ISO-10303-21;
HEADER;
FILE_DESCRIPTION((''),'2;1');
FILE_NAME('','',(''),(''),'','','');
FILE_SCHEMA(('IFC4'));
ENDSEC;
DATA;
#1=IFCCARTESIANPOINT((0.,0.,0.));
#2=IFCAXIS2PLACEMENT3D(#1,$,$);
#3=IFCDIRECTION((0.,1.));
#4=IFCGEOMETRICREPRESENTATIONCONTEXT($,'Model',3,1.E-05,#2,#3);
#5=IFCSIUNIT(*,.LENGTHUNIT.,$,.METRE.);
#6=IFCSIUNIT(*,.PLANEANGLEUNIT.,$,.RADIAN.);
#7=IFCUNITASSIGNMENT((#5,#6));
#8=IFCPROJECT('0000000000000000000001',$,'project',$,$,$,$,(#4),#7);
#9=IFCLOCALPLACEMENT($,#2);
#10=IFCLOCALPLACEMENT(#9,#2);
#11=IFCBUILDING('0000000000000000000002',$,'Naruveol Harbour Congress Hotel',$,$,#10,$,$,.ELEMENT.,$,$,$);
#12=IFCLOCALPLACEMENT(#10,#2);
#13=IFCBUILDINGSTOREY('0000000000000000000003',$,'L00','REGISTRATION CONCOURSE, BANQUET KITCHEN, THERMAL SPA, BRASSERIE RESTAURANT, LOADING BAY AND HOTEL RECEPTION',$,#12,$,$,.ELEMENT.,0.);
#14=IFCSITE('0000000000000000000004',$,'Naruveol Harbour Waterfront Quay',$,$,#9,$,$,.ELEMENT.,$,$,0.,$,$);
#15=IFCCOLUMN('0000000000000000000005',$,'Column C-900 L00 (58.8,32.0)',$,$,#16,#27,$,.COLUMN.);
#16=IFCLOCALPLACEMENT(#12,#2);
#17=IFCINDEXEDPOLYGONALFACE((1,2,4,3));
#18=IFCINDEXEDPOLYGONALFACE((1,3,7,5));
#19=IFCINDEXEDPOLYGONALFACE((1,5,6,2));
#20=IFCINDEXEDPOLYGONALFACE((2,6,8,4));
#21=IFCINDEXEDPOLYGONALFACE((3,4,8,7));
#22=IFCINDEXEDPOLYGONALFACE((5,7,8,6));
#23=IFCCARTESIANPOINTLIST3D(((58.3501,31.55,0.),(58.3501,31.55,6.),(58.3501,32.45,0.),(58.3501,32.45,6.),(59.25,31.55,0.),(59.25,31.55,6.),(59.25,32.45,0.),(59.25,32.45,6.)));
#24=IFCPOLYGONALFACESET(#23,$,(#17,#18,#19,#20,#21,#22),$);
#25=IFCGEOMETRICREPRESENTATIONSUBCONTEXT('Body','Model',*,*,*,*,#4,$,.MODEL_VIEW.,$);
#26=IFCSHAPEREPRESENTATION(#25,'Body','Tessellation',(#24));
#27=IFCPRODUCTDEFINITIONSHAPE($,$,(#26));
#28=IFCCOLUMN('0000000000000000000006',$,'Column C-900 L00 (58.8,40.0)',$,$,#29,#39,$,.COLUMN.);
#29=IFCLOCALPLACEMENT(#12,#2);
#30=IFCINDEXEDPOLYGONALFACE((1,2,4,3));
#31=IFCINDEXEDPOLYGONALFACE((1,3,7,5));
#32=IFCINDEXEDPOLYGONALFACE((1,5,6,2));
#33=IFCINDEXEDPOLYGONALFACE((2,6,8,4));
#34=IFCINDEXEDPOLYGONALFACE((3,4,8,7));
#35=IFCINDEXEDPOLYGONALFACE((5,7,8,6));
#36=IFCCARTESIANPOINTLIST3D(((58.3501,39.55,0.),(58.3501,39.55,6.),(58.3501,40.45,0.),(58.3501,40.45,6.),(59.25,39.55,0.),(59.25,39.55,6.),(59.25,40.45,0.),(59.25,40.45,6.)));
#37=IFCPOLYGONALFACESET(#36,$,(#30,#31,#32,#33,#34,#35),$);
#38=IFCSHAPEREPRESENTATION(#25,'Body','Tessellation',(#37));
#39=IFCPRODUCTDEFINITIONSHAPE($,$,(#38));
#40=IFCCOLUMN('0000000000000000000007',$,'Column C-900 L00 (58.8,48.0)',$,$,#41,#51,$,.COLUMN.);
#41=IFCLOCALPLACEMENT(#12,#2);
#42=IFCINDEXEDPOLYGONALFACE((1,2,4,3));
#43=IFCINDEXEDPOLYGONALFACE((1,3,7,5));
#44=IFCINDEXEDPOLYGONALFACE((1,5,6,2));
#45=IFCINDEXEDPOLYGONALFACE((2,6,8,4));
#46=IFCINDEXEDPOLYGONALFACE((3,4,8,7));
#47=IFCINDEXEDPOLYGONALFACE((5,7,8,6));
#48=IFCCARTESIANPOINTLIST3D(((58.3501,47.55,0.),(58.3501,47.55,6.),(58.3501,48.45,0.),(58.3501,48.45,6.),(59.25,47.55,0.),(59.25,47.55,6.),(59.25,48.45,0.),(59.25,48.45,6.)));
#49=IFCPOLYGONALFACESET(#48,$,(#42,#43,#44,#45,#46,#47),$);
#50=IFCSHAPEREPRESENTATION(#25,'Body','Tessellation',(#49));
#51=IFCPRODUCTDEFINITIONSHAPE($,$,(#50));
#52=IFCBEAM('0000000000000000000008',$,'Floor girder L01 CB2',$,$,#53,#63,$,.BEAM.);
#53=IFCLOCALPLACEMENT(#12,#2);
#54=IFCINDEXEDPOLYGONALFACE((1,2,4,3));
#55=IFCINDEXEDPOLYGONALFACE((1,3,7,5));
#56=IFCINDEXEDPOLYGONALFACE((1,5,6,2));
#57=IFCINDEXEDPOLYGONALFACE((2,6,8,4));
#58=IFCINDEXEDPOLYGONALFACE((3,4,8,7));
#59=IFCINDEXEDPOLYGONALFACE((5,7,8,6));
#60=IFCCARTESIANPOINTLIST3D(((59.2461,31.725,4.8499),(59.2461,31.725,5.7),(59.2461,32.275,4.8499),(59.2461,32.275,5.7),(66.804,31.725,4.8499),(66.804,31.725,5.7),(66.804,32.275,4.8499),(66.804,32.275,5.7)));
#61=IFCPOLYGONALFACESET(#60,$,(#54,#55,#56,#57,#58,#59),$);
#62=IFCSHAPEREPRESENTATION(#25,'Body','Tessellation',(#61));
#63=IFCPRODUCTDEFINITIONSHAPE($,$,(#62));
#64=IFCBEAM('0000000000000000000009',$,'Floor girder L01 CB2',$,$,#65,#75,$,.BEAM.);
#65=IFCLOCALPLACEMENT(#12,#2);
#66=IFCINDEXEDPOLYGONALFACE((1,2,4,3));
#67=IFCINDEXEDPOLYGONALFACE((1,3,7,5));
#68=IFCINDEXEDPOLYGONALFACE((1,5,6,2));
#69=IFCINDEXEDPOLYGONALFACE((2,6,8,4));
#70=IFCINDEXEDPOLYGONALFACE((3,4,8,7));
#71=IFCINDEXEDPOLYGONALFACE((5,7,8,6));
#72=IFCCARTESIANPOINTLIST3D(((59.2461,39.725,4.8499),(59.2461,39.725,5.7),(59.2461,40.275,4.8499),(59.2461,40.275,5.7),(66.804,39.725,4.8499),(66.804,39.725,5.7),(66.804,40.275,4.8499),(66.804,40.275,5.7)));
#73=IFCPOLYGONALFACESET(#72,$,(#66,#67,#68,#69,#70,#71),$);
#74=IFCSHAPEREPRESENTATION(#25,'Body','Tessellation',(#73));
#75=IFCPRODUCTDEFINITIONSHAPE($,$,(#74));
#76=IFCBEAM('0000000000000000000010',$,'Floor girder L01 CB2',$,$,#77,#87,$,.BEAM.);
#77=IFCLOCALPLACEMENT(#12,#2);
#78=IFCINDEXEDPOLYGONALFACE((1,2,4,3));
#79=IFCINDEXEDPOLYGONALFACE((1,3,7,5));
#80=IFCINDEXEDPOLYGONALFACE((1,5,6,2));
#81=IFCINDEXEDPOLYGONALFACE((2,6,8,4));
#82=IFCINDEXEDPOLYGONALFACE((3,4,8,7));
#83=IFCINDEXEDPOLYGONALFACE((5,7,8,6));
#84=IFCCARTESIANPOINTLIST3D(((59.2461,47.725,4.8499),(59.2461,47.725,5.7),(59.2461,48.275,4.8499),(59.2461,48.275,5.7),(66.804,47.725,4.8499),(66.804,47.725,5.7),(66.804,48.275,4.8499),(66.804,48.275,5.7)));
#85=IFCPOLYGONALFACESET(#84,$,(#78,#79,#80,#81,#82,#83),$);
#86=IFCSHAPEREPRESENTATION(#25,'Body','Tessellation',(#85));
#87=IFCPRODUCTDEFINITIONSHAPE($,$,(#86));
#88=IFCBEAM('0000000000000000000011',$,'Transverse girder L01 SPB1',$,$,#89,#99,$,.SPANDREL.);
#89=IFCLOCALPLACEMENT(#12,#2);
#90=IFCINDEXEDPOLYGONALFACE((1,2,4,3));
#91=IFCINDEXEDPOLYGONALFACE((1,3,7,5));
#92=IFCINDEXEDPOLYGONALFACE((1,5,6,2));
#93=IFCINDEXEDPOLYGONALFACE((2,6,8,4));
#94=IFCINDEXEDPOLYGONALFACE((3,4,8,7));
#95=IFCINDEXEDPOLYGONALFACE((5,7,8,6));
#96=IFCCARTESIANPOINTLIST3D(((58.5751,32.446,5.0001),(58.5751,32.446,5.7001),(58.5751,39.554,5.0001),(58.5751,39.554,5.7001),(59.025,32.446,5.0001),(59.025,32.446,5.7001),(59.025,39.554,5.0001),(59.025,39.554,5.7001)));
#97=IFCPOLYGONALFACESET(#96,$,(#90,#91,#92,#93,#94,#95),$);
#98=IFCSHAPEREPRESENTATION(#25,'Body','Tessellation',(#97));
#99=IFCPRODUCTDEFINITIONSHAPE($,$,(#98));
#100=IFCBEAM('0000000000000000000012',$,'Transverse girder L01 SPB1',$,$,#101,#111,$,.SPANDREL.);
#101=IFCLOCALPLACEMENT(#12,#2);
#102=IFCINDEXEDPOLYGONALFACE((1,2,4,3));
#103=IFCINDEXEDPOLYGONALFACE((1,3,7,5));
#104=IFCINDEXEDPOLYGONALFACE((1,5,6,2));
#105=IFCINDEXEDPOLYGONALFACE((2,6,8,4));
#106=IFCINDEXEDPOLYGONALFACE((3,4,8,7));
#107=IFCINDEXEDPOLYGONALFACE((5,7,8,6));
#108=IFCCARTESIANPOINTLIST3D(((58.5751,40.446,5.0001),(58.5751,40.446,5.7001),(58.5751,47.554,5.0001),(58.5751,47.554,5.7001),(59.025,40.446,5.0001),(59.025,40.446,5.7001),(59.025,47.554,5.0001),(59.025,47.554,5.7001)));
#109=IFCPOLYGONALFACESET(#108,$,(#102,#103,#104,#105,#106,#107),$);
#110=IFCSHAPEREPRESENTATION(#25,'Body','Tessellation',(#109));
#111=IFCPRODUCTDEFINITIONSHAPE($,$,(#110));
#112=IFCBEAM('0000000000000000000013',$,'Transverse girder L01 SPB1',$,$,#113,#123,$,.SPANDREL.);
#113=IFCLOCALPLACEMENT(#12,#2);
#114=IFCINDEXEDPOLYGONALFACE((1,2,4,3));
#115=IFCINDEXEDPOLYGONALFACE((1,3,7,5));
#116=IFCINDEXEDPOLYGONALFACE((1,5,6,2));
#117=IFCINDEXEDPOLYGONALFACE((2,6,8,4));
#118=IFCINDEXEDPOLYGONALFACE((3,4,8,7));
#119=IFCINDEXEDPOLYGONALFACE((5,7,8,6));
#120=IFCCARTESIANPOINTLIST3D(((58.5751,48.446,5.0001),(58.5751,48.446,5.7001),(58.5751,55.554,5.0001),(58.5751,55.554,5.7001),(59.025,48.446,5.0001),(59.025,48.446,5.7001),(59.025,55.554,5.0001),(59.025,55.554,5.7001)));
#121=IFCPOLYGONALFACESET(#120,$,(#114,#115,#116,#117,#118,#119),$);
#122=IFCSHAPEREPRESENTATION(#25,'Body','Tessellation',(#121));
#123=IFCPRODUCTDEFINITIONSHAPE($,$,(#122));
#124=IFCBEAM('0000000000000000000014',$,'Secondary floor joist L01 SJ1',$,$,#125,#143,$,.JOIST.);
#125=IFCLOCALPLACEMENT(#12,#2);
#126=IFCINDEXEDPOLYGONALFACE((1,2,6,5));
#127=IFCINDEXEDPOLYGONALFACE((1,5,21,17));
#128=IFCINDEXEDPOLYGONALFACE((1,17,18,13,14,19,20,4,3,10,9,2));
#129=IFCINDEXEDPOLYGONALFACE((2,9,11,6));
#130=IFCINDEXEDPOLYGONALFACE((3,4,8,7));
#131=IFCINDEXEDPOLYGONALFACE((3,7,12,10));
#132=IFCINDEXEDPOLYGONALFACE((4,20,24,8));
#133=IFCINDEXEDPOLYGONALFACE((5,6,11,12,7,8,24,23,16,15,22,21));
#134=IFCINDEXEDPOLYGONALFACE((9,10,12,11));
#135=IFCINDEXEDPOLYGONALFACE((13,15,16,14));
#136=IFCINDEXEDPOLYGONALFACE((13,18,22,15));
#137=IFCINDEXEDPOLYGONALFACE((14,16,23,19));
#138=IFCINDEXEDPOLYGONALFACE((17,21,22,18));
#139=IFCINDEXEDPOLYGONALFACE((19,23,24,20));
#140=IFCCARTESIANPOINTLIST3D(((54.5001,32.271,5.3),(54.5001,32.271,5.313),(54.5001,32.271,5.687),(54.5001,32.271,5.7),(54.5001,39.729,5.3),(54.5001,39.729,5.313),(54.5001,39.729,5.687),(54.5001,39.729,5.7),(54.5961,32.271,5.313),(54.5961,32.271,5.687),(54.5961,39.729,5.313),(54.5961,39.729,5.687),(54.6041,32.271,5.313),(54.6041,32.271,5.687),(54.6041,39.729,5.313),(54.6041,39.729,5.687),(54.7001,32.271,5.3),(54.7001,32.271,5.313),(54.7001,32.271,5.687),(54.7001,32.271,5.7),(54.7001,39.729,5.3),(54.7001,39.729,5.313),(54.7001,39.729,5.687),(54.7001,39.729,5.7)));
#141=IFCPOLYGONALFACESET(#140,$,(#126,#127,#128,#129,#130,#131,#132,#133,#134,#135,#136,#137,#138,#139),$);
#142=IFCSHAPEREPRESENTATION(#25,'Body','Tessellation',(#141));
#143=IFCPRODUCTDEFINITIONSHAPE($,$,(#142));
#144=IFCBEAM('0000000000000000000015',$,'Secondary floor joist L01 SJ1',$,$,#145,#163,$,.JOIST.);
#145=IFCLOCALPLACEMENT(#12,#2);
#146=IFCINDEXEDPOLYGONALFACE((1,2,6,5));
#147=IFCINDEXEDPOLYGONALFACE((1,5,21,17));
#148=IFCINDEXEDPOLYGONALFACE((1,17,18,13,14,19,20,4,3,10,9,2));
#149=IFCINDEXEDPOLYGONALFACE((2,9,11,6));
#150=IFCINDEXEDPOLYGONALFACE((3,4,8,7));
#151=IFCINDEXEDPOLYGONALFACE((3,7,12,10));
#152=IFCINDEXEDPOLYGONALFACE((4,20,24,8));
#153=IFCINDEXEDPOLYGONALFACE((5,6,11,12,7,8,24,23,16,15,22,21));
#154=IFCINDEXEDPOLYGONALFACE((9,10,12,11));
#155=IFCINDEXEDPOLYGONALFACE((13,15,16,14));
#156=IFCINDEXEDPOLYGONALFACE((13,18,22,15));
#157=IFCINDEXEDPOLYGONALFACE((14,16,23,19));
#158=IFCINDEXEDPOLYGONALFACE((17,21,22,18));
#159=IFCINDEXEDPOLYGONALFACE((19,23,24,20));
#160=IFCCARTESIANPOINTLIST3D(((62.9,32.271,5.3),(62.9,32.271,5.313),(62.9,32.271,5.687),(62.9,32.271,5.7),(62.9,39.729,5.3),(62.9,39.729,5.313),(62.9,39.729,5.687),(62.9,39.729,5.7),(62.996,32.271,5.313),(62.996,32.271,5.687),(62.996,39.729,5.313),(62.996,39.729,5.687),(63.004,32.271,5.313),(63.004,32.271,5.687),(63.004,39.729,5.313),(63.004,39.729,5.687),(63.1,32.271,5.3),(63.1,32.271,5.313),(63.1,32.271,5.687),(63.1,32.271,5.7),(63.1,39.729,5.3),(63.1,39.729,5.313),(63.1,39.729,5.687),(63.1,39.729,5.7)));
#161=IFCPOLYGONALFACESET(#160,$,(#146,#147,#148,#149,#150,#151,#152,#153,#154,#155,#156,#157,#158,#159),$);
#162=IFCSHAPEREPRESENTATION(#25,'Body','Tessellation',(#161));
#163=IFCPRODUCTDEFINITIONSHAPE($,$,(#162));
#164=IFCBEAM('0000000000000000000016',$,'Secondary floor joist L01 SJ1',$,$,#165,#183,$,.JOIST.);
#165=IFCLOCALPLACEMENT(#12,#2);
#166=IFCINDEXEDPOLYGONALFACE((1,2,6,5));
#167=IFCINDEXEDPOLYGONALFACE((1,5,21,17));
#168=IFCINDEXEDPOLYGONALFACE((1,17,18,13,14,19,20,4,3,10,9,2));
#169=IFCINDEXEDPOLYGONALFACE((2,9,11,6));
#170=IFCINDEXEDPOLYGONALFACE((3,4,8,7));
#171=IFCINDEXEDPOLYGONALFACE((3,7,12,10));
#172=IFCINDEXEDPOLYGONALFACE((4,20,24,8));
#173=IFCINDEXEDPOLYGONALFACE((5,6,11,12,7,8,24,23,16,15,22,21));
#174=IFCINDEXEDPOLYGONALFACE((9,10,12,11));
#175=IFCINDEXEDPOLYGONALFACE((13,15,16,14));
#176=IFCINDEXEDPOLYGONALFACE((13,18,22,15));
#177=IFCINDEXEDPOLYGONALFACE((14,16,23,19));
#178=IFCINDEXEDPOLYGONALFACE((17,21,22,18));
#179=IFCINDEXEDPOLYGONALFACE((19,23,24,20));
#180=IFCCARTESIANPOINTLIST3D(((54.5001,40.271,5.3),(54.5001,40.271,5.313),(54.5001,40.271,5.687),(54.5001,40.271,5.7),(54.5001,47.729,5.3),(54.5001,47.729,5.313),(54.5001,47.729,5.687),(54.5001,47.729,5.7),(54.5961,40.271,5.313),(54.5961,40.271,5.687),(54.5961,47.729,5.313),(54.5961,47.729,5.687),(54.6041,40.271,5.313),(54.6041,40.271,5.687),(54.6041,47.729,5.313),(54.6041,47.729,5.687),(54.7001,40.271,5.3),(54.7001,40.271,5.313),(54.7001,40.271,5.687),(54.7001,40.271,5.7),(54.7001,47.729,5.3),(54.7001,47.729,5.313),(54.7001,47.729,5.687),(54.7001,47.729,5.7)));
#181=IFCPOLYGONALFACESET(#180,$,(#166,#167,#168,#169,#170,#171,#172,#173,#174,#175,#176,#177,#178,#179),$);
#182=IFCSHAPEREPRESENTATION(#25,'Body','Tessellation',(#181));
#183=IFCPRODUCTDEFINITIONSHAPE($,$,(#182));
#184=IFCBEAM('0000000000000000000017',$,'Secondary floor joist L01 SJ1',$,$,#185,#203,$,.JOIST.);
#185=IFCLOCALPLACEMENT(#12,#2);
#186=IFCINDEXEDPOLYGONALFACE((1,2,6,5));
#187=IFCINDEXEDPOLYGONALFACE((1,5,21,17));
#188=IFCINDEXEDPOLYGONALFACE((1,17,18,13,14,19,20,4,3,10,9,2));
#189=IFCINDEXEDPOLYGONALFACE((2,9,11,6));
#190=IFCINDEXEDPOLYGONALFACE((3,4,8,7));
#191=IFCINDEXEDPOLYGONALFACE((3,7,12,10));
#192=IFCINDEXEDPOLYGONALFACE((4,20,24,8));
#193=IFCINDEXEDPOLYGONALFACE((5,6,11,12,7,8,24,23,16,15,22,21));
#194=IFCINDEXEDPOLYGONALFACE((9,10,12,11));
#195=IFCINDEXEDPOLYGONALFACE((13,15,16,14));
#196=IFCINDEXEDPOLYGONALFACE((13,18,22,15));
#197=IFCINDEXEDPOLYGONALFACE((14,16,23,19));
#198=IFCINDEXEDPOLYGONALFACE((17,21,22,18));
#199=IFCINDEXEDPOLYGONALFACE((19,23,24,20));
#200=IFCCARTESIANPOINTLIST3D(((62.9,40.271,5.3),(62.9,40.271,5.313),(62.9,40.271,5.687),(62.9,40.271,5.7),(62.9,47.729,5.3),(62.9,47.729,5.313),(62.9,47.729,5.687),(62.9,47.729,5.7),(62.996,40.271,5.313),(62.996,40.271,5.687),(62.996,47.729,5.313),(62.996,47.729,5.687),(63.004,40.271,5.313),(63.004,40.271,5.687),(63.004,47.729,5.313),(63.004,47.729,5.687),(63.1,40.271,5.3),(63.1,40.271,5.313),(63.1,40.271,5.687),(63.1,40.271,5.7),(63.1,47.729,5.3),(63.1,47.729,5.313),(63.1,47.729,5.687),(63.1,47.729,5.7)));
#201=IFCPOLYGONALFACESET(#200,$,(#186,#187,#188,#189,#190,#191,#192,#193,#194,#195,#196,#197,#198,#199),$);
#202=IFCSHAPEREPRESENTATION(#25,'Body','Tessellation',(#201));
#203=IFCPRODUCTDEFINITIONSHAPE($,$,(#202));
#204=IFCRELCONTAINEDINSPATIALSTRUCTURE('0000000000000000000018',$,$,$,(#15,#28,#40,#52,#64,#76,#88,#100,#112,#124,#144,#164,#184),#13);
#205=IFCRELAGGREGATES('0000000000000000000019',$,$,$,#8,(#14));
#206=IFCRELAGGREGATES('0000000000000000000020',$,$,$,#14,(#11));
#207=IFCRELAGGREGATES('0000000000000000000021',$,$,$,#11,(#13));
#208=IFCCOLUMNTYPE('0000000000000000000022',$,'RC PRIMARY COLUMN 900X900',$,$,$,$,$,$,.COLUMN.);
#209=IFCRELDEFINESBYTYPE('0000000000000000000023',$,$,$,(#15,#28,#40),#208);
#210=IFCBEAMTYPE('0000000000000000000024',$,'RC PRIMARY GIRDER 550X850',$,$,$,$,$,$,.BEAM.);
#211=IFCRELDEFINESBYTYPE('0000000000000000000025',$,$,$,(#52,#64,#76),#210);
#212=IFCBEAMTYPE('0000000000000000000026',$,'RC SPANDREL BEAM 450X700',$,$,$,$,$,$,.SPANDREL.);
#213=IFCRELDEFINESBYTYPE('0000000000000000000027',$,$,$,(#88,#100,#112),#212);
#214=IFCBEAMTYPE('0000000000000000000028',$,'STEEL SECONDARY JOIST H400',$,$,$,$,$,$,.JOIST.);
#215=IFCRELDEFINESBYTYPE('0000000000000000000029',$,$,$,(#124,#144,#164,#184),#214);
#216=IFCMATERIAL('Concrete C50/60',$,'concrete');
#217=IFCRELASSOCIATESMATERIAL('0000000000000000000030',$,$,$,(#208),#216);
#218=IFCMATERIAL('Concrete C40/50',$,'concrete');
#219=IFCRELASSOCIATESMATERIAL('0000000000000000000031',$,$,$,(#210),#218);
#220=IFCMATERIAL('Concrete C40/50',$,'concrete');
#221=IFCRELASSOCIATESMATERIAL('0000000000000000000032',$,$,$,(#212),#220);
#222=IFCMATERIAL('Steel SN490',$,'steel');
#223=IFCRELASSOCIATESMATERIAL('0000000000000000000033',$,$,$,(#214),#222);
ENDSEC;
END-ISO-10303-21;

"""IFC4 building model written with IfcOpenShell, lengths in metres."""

from ifc_helpers import new_model, si_unit, direction, frame, origin, origin_2d, place, context, subcontext, project, spatial, rectangle, i_section, extrude, material, material_profile, profile_set, type_object, element, save


model = new_model("IFC4")

# Units and contexts
model_context = context("Model", 3, precision=1e-05, world=origin(), true_north=direction((0.0, 1.0)))
body_context = subcontext(model_context, "Body", "Model", "MODEL_VIEW")
ifc_project = project(units=[si_unit("LENGTHUNIT", "METRE"), si_unit("PLANEANGLEUNIT", "RADIAN")], contexts=[model_context])

# Site, building, storey
site_placement = place(None, origin())
site = spatial("IfcSite", under=ifc_project, at=site_placement, Name="Naruveol Harbour Waterfront Quay", CompositionType="ELEMENT", RefElevation=0.0)
building_placement = place(site_placement, origin())
building = spatial("IfcBuilding", under=site, at=building_placement, Name="Naruveol Harbour Congress Hotel", CompositionType="ELEMENT")
storey_placement = place(building_placement, origin())
storey = spatial("IfcBuildingStorey", under=building, at=storey_placement, Name="L00", Description="REGISTRATION CONCOURSE, BANQUET KITCHEN, THERMAL SPA, BRASSERIE RESTAURANT, LOADING BAY AND HOTEL RECEPTION", CompositionType="ELEMENT", Elevation=0.0)

# Columns
ifc_material_1 = material(Name="Concrete C50/60", Category="concrete")
ifc_material_profile_1 = material_profile(ifc_material_1, rectangle(XDim=0.8999, YDim=0.8999, at=origin_2d()), Name="RC-900x900")
ifc_profile_set_1 = profile_set([ifc_material_profile_1], Name="Concrete C50/60")
column_type = type_object("IfcColumnType", Name="RC PRIMARY COLUMN 900X900", PredefinedType="COLUMN", material=ifc_profile_set_1)
for number, where, z_axis, x_axis, name in (
    (1, (58.8, 32.0, 0.0), (0.0, 0.0, 1.0), (1.0, 0.0, 0.0), "Column C-900 L00 (58.8,32.0)"),
    (2, (58.8, 40.0, 0.0), (0.0, 0.0, 1.0), (1.0, 0.0, 0.0), "Column C-900 L00 (58.8,40.0)"),
    (3, (58.8, 48.0, 0.0), (0.0, 0.0, 1.0), (1.0, 0.0, 0.0), "Column C-900 L00 (58.8,48.0)"),
):
    element("IfcColumn", number, at=place(storey_placement, frame(where, z_axis=z_axis, x_axis=x_axis)), inside=storey, type_object=column_type, Name=name, PredefinedType="COLUMN", context=body_context, shape_type="SweptSolid", body=[
        extrude(rectangle(XDim=0.8999, YDim=0.8999, at=origin_2d()), origin(), (0.0, 0.0, 1.0), 6.0),
    ])

# Beams
ifc_material_2 = material(Name="Concrete C40/50", Category="concrete")
ifc_material_profile_2 = material_profile(ifc_material_2, rectangle(XDim=0.55, YDim=0.8501, at=origin_2d()), Name="RCB-550x850")
ifc_profile_set_2 = profile_set([ifc_material_profile_2], Name="Concrete C40/50")
beam_type_1 = type_object("IfcBeamType", Name="RC PRIMARY GIRDER 550X850", PredefinedType="BEAM", material=ifc_profile_set_2)
for number, where, z_axis, x_axis, name in (
    (4, (59.2461, 32.0, 5.2749), (1.0, 0.0, 0.0), (0.0, 1.0, 0.0), "Floor girder L01 CB2"),
    (5, (59.2461, 40.0, 5.2749), (1.0, 0.0, 0.0), (0.0, 1.0, 0.0), "Floor girder L01 CB2"),
    (6, (59.2461, 48.0, 5.2749), (1.0, 0.0, 0.0), (0.0, 1.0, 0.0), "Floor girder L01 CB2"),
):
    element("IfcBeam", number, at=place(storey_placement, frame(where, z_axis=z_axis, x_axis=x_axis)), inside=storey, type_object=beam_type_1, Name=name, PredefinedType="BEAM", context=body_context, shape_type="SweptSolid", body=[
        extrude(rectangle(XDim=0.55, YDim=0.8501, at=origin_2d()), origin(), (0.0, 0.0, 1.0), 7.5579),
    ])
ifc_material_3 = material(Name="Concrete C40/50", Category="concrete")
ifc_material_profile_3 = material_profile(ifc_material_3, rectangle(XDim=0.45, YDim=0.7, at=origin_2d()), Name="RCB-450x700")
ifc_profile_set_3 = profile_set([ifc_material_profile_3], Name="Concrete C40/50")
beam_type_2 = type_object("IfcBeamType", Name="RC SPANDREL BEAM 450X700", PredefinedType="SPANDREL", material=ifc_profile_set_3)
for number, where, z_axis, x_axis, name in (
    (7, (58.8, 32.446, 5.3501), (0.0, 1.0, 0.0), (-1.0, 0.0, 0.0), "Transverse girder L01 SPB1"),
    (8, (58.8, 40.446, 5.3501), (0.0, 1.0, 0.0), (-1.0, 0.0, 0.0), "Transverse girder L01 SPB1"),
    (9, (58.8, 48.446, 5.3501), (0.0, 1.0, 0.0), (-1.0, 0.0, 0.0), "Transverse girder L01 SPB1"),
):
    element("IfcBeam", number, at=place(storey_placement, frame(where, z_axis=z_axis, x_axis=x_axis)), inside=storey, type_object=beam_type_2, Name=name, PredefinedType="SPANDREL", context=body_context, shape_type="SweptSolid", body=[
        extrude(rectangle(XDim=0.45, YDim=0.7, at=origin_2d()), origin(), (0.0, 0.0, 1.0), 7.1079),
    ])
ifc_material_4 = material(Name="Steel SN490", Category="steel")
ifc_material_profile_4 = material_profile(ifc_material_4, i_section(OverallWidth=0.2, OverallDepth=0.3999, WebThickness=0.0081, FlangeThickness=0.0129, at=origin_2d()), Name="H-400x200x8x13")
ifc_profile_set_4 = profile_set([ifc_material_profile_4], Name="Steel SN490")
beam_type_3 = type_object("IfcBeamType", Name="STEEL SECONDARY JOIST H400", PredefinedType="JOIST", material=ifc_profile_set_4)
for number, where, z_axis, x_axis, name in (
    (10, (54.6001, 32.271, 5.5), (0.0, 1.0, 0.0), (-1.0, 0.0, 0.0), "Secondary floor joist L01 SJ1"),
    (11, (63.0, 32.271, 5.5), (0.0, 1.0, 0.0), (-1.0, 0.0, 0.0), "Secondary floor joist L01 SJ1"),
    (12, (54.6001, 40.271, 5.5), (0.0, 1.0, 0.0), (-1.0, 0.0, 0.0), "Secondary floor joist L01 SJ1"),
    (13, (63.0, 40.271, 5.5), (0.0, 1.0, 0.0), (-1.0, 0.0, 0.0), "Secondary floor joist L01 SJ1"),
):
    element("IfcBeam", number, at=place(storey_placement, frame(where, z_axis=z_axis, x_axis=x_axis)), inside=storey, type_object=beam_type_3, Name=name, PredefinedType="JOIST", context=body_context, shape_type="SweptSolid", body=[
        extrude(i_section(OverallWidth=0.2, OverallDepth=0.3999, WebThickness=0.0081, FlangeThickness=0.0129, at=origin_2d()), origin(), (0.0, 0.0, 1.0), 7.458),
    ])

save(model, "model.ifc")
